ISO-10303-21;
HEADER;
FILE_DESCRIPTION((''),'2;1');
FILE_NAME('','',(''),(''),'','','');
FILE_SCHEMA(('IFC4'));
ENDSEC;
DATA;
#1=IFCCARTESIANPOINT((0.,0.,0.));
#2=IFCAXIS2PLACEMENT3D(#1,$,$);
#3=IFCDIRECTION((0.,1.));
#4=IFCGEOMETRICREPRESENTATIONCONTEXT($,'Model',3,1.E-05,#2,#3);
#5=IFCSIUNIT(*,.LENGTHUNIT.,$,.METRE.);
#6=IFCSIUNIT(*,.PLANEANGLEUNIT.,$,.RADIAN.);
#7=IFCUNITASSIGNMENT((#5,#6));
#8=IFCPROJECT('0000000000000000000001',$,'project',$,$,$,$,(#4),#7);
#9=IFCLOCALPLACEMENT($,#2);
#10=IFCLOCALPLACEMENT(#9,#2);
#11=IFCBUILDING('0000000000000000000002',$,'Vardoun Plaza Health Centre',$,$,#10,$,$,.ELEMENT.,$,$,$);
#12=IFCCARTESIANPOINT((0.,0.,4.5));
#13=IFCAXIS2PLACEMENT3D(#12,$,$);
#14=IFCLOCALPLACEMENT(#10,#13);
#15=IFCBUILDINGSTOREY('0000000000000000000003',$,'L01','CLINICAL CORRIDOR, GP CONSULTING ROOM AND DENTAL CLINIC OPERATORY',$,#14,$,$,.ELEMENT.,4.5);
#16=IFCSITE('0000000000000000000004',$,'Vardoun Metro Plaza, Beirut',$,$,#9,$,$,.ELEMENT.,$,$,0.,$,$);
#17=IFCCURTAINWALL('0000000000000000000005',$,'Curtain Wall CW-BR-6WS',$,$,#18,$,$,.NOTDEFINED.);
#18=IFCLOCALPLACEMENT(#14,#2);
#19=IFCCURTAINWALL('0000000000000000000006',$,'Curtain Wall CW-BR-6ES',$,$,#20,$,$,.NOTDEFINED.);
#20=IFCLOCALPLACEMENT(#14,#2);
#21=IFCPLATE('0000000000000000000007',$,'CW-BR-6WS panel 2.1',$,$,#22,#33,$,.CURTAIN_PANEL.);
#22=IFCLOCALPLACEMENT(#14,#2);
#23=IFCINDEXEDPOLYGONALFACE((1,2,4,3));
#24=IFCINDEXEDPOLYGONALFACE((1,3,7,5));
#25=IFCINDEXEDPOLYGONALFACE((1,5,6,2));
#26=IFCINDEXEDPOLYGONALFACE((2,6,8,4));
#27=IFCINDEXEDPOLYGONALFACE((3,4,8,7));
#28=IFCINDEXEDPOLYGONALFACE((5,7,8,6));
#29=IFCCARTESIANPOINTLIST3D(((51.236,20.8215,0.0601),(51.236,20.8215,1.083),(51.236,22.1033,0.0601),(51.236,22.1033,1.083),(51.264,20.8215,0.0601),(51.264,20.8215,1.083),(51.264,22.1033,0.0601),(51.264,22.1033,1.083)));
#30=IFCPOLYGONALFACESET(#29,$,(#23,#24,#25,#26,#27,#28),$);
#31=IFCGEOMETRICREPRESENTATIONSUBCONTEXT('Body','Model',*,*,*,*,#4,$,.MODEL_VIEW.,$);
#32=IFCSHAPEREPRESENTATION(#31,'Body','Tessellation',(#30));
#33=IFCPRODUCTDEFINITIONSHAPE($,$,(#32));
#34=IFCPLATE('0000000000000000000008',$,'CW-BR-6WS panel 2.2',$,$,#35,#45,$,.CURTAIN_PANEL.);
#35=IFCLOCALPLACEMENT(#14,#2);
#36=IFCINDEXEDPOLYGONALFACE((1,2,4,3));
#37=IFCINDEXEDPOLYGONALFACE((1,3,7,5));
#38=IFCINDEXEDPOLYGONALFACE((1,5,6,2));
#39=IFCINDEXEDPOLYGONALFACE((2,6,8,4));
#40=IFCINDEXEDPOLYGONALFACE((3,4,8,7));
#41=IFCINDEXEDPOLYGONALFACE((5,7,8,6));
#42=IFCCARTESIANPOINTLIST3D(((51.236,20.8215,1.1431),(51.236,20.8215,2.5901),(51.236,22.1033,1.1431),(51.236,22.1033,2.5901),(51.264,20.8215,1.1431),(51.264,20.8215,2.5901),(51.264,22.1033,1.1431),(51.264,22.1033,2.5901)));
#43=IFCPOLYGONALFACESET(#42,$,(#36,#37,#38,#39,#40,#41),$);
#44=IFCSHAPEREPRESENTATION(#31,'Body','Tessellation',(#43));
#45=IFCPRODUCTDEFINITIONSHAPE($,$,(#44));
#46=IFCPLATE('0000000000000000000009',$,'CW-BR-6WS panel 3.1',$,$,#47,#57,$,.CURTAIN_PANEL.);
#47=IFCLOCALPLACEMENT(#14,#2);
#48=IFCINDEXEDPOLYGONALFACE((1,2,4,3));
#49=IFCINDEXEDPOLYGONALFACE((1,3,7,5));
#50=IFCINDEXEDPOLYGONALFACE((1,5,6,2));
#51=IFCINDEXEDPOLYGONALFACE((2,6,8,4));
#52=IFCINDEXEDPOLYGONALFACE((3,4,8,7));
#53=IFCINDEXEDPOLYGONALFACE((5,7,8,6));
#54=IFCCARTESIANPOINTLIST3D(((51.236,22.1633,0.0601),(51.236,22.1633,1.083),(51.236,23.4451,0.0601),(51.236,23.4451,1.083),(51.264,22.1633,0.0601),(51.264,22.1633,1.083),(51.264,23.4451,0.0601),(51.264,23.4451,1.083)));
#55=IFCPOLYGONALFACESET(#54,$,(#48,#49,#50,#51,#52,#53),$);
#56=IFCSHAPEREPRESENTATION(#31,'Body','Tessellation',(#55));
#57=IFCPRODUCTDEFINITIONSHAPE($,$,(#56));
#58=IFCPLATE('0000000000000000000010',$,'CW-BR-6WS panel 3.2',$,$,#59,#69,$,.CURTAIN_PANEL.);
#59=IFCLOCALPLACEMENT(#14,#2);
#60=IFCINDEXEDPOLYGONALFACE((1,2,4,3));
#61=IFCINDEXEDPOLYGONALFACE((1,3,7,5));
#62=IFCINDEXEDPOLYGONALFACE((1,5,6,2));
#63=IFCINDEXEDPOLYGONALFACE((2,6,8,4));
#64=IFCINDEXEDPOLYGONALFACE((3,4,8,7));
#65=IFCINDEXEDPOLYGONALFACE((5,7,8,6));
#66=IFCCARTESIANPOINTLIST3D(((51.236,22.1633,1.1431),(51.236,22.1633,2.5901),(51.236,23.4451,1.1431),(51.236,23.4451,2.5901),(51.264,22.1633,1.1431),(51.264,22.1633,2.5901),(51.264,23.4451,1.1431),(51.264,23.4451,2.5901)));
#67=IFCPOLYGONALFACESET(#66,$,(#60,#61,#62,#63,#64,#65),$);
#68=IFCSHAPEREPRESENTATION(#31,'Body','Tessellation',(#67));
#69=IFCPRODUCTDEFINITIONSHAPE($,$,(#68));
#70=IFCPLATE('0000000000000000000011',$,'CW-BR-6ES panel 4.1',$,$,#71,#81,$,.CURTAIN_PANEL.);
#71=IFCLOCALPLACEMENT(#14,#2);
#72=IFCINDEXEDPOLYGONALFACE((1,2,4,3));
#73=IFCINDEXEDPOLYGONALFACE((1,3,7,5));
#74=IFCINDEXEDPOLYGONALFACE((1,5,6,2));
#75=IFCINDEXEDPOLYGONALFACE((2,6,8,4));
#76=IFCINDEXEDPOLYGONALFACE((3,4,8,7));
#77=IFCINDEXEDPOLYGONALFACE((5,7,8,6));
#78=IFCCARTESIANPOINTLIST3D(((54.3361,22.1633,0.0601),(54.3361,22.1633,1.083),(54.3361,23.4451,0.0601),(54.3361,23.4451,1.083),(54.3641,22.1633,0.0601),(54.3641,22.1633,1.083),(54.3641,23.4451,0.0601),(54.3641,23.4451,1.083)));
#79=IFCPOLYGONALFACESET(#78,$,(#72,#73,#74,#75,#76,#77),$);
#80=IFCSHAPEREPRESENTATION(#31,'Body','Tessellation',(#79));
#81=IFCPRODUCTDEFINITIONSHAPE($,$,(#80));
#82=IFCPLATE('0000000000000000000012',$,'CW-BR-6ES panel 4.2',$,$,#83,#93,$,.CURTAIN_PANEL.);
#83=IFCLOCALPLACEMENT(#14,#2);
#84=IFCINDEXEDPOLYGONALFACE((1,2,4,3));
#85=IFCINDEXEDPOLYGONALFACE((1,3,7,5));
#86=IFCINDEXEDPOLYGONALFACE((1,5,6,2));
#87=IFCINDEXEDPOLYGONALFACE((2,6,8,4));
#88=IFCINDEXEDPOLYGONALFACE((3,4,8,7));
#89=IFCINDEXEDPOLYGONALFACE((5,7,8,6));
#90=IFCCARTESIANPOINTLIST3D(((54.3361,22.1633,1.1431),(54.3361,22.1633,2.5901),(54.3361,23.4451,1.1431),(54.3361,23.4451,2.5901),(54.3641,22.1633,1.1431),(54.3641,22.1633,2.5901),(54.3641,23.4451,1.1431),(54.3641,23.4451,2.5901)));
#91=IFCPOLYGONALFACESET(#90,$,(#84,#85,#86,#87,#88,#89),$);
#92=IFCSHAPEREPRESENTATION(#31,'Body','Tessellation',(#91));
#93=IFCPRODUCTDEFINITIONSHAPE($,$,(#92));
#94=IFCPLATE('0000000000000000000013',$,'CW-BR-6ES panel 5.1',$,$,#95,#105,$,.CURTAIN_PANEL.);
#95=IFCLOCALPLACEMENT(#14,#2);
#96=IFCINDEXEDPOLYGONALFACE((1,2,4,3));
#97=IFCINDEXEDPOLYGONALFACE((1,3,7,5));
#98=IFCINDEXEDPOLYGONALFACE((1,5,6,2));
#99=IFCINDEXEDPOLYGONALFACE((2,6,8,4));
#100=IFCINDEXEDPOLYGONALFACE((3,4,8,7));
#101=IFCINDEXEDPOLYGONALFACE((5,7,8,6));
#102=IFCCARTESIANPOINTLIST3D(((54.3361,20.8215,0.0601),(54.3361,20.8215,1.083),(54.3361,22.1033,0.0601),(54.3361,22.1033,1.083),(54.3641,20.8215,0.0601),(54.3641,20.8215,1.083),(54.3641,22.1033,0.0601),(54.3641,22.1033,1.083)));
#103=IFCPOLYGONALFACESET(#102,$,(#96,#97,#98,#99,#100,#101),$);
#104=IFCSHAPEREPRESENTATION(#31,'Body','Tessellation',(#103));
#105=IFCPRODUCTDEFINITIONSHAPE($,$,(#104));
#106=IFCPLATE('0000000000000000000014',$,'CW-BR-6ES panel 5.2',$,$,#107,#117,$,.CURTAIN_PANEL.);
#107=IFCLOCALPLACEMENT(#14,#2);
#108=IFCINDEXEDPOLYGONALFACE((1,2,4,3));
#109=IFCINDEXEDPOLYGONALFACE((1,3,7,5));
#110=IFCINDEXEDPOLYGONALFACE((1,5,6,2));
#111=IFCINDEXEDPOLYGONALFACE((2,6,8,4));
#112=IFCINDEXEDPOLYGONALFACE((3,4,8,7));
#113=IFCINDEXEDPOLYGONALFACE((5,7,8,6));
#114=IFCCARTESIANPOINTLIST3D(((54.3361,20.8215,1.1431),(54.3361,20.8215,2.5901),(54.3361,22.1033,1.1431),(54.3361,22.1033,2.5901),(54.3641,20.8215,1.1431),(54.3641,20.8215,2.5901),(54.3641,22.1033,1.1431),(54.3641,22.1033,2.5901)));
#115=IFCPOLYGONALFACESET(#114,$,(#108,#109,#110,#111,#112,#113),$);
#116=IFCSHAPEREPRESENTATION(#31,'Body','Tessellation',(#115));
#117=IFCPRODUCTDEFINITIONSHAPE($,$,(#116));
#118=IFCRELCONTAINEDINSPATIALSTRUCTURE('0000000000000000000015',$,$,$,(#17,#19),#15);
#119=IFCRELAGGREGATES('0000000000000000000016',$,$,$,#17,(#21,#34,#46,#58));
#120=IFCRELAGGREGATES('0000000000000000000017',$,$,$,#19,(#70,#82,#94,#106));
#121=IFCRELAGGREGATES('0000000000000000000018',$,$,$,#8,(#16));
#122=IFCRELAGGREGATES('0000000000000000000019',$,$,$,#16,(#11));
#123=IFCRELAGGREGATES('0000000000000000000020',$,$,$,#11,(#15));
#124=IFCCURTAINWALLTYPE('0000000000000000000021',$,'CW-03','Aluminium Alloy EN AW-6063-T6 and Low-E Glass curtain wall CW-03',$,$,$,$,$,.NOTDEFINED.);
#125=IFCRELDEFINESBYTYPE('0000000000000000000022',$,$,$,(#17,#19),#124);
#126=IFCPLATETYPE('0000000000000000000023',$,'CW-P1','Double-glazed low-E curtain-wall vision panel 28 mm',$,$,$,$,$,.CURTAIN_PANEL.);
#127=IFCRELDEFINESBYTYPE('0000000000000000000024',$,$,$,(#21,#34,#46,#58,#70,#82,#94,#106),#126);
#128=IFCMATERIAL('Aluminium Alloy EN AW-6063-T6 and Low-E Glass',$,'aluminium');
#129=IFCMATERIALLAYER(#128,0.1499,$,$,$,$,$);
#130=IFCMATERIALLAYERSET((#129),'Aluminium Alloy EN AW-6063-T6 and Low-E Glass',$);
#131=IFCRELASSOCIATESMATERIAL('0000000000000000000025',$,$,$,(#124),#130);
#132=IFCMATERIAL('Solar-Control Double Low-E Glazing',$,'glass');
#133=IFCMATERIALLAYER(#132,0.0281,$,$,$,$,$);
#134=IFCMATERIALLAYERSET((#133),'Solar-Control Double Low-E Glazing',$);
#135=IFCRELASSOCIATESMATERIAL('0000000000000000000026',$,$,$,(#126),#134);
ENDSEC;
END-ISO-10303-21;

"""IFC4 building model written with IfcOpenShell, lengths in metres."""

from ifc_helpers import new_model, si_unit, direction, frame, origin, origin_2d, place, context, subcontext, project, spatial, rectangle, extrude, material, layer, layer_set, type_object, element, aggregate, save


model = new_model("IFC4")

# Units and contexts
model_context = context("Model", 3, precision=1e-05, world=origin(), true_north=direction((0.0, 1.0)))
body_context = subcontext(model_context, "Body", "Model", "MODEL_VIEW")
ifc_project = project(units=[si_unit("LENGTHUNIT", "METRE"), si_unit("PLANEANGLEUNIT", "RADIAN")], contexts=[model_context])

# Site, building, storey
site_placement = place(None, origin())
site = spatial("IfcSite", under=ifc_project, at=site_placement, Name="Vardoun Metro Plaza, Beirut", CompositionType="ELEMENT", RefElevation=0.0)
building_placement = place(site_placement, origin())
building = spatial("IfcBuilding", under=site, at=building_placement, Name="Vardoun Plaza Health Centre", CompositionType="ELEMENT")
storey_placement = place(building_placement, frame((0.0, 0.0, 4.5)))
storey = spatial("IfcBuildingStorey", under=building, at=storey_placement, Name="L01", Description="CLINICAL CORRIDOR, GP CONSULTING ROOM AND DENTAL CLINIC OPERATORY", CompositionType="ELEMENT", Elevation=4.5)

# Curtain walls
ifc_material_1 = material(Name="Aluminium Alloy EN AW-6063-T6 and Low-E Glass", Category="aluminium")
ifc_layer_1 = layer(ifc_material_1, 0.1499)
ifc_layer_set_1 = layer_set([ifc_layer_1], Name="Aluminium Alloy EN AW-6063-T6 and Low-E Glass")
curtain_wall_type = type_object("IfcCurtainWallType", Name="CW-03", Description="Aluminium Alloy EN AW-6063-T6 and Low-E Glass curtain wall CW-03", PredefinedType="NOTDEFINED", material=ifc_layer_set_1)
curtain_wall_1_placement = place(storey_placement, origin())
curtain_wall_1 = element("IfcCurtainWall", 1, at=curtain_wall_1_placement, inside=storey, type_object=curtain_wall_type, Name="Curtain Wall CW-BR-6WS", PredefinedType="NOTDEFINED")
curtain_wall_2_placement = place(storey_placement, origin())
curtain_wall_2 = element("IfcCurtainWall", 2, at=curtain_wall_2_placement, inside=storey, type_object=curtain_wall_type, Name="Curtain Wall CW-BR-6ES", PredefinedType="NOTDEFINED")

# Plates
ifc_material_2 = material(Name="Solar-Control Double Low-E Glazing", Category="glass")
ifc_layer_2 = layer(ifc_material_2, 0.0281)
ifc_layer_set_2 = layer_set([ifc_layer_2], Name="Solar-Control Double Low-E Glazing")
plate_type = type_object("IfcPlateType", Name="CW-P1", Description="Double-glazed low-E curtain-wall vision panel 28 mm", PredefinedType="CURTAIN_PANEL", material=ifc_layer_set_2)
plate_1_placement = place(storey_placement, frame((51.25, 21.4624, 0.0601), z_axis=(0.0, 0.0, 1.0), x_axis=(0.0, 1.0, 0.0)))
plate_1 = element("IfcPlate", 3, at=plate_1_placement, type_object=plate_type, Name="CW-BR-6WS panel 2.1", PredefinedType="CURTAIN_PANEL", context=body_context, shape_type="SweptSolid", body=[
    extrude(rectangle(XDim=1.2817, YDim=0.0281, at=origin_2d()), origin(), (0.0, 0.0, 1.0), 1.0229),
])
plate_2_placement = place(storey_placement, frame((51.25, 21.4624, 1.1431), z_axis=(0.0, 0.0, 1.0), x_axis=(0.0, 1.0, 0.0)))
plate_2 = element("IfcPlate", 4, at=plate_2_placement, type_object=plate_type, Name="CW-BR-6WS panel 2.2", PredefinedType="CURTAIN_PANEL", context=body_context, shape_type="SweptSolid", body=[
    extrude(rectangle(XDim=1.2817, YDim=0.0281, at=origin_2d()), origin(), (0.0, 0.0, 1.0), 1.447),
])
plate_3_placement = place(storey_placement, frame((51.25, 22.8042, 0.0601), z_axis=(0.0, 0.0, 1.0), x_axis=(0.0, 1.0, 0.0)))
plate_3 = element("IfcPlate", 5, at=plate_3_placement, type_object=plate_type, Name="CW-BR-6WS panel 3.1", PredefinedType="CURTAIN_PANEL", context=body_context, shape_type="SweptSolid", body=[
    extrude(rectangle(XDim=1.2817, YDim=0.0281, at=origin_2d()), origin(), (0.0, 0.0, 1.0), 1.0229),
])
plate_4_placement = place(storey_placement, frame((51.25, 22.8042, 1.1431), z_axis=(0.0, 0.0, 1.0), x_axis=(0.0, 1.0, 0.0)))
plate_4 = element("IfcPlate", 6, at=plate_4_placement, type_object=plate_type, Name="CW-BR-6WS panel 3.2", PredefinedType="CURTAIN_PANEL", context=body_context, shape_type="SweptSolid", body=[
    extrude(rectangle(XDim=1.2817, YDim=0.0281, at=origin_2d()), origin(), (0.0, 0.0, 1.0), 1.447),
])
aggregate(curtain_wall_1, [plate_1, plate_2, plate_3, plate_4])
plate_5_placement = place(storey_placement, frame((54.3501, 22.8042, 0.0601), z_axis=(0.0, 0.0, 1.0), x_axis=(0.0, -1.0, 0.0)))
plate_5 = element("IfcPlate", 7, at=plate_5_placement, type_object=plate_type, Name="CW-BR-6ES panel 4.1", PredefinedType="CURTAIN_PANEL", context=body_context, shape_type="SweptSolid", body=[
    extrude(rectangle(XDim=1.2817, YDim=0.0281, at=origin_2d()), origin(), (0.0, 0.0, 1.0), 1.0229),
])
plate_6_placement = place(storey_placement, frame((54.3501, 22.8042, 1.1431), z_axis=(0.0, 0.0, 1.0), x_axis=(0.0, -1.0, 0.0)))
plate_6 = element("IfcPlate", 8, at=plate_6_placement, type_object=plate_type, Name="CW-BR-6ES panel 4.2", PredefinedType="CURTAIN_PANEL", context=body_context, shape_type="SweptSolid", body=[
    extrude(rectangle(XDim=1.2817, YDim=0.0281, at=origin_2d()), origin(), (0.0, 0.0, 1.0), 1.447),
])
plate_7_placement = place(storey_placement, frame((54.3501, 21.4624, 0.0601), z_axis=(0.0, 0.0, 1.0), x_axis=(0.0, -1.0, 0.0)))
plate_7 = element("IfcPlate", 9, at=plate_7_placement, type_object=plate_type, Name="CW-BR-6ES panel 5.1", PredefinedType="CURTAIN_PANEL", context=body_context, shape_type="SweptSolid", body=[
    extrude(rectangle(XDim=1.2817, YDim=0.0281, at=origin_2d()), origin(), (0.0, 0.0, 1.0), 1.0229),
])
plate_8_placement = place(storey_placement, frame((54.3501, 21.4624, 1.1431), z_axis=(0.0, 0.0, 1.0), x_axis=(0.0, -1.0, 0.0)))
plate_8 = element("IfcPlate", 10, at=plate_8_placement, type_object=plate_type, Name="CW-BR-6ES panel 5.2", PredefinedType="CURTAIN_PANEL", context=body_context, shape_type="SweptSolid", body=[
    extrude(rectangle(XDim=1.2817, YDim=0.0281, at=origin_2d()), origin(), (0.0, 0.0, 1.0), 1.447),
])
aggregate(curtain_wall_2, [plate_5, plate_6, plate_7, plate_8])

save(model, "model.ifc")
